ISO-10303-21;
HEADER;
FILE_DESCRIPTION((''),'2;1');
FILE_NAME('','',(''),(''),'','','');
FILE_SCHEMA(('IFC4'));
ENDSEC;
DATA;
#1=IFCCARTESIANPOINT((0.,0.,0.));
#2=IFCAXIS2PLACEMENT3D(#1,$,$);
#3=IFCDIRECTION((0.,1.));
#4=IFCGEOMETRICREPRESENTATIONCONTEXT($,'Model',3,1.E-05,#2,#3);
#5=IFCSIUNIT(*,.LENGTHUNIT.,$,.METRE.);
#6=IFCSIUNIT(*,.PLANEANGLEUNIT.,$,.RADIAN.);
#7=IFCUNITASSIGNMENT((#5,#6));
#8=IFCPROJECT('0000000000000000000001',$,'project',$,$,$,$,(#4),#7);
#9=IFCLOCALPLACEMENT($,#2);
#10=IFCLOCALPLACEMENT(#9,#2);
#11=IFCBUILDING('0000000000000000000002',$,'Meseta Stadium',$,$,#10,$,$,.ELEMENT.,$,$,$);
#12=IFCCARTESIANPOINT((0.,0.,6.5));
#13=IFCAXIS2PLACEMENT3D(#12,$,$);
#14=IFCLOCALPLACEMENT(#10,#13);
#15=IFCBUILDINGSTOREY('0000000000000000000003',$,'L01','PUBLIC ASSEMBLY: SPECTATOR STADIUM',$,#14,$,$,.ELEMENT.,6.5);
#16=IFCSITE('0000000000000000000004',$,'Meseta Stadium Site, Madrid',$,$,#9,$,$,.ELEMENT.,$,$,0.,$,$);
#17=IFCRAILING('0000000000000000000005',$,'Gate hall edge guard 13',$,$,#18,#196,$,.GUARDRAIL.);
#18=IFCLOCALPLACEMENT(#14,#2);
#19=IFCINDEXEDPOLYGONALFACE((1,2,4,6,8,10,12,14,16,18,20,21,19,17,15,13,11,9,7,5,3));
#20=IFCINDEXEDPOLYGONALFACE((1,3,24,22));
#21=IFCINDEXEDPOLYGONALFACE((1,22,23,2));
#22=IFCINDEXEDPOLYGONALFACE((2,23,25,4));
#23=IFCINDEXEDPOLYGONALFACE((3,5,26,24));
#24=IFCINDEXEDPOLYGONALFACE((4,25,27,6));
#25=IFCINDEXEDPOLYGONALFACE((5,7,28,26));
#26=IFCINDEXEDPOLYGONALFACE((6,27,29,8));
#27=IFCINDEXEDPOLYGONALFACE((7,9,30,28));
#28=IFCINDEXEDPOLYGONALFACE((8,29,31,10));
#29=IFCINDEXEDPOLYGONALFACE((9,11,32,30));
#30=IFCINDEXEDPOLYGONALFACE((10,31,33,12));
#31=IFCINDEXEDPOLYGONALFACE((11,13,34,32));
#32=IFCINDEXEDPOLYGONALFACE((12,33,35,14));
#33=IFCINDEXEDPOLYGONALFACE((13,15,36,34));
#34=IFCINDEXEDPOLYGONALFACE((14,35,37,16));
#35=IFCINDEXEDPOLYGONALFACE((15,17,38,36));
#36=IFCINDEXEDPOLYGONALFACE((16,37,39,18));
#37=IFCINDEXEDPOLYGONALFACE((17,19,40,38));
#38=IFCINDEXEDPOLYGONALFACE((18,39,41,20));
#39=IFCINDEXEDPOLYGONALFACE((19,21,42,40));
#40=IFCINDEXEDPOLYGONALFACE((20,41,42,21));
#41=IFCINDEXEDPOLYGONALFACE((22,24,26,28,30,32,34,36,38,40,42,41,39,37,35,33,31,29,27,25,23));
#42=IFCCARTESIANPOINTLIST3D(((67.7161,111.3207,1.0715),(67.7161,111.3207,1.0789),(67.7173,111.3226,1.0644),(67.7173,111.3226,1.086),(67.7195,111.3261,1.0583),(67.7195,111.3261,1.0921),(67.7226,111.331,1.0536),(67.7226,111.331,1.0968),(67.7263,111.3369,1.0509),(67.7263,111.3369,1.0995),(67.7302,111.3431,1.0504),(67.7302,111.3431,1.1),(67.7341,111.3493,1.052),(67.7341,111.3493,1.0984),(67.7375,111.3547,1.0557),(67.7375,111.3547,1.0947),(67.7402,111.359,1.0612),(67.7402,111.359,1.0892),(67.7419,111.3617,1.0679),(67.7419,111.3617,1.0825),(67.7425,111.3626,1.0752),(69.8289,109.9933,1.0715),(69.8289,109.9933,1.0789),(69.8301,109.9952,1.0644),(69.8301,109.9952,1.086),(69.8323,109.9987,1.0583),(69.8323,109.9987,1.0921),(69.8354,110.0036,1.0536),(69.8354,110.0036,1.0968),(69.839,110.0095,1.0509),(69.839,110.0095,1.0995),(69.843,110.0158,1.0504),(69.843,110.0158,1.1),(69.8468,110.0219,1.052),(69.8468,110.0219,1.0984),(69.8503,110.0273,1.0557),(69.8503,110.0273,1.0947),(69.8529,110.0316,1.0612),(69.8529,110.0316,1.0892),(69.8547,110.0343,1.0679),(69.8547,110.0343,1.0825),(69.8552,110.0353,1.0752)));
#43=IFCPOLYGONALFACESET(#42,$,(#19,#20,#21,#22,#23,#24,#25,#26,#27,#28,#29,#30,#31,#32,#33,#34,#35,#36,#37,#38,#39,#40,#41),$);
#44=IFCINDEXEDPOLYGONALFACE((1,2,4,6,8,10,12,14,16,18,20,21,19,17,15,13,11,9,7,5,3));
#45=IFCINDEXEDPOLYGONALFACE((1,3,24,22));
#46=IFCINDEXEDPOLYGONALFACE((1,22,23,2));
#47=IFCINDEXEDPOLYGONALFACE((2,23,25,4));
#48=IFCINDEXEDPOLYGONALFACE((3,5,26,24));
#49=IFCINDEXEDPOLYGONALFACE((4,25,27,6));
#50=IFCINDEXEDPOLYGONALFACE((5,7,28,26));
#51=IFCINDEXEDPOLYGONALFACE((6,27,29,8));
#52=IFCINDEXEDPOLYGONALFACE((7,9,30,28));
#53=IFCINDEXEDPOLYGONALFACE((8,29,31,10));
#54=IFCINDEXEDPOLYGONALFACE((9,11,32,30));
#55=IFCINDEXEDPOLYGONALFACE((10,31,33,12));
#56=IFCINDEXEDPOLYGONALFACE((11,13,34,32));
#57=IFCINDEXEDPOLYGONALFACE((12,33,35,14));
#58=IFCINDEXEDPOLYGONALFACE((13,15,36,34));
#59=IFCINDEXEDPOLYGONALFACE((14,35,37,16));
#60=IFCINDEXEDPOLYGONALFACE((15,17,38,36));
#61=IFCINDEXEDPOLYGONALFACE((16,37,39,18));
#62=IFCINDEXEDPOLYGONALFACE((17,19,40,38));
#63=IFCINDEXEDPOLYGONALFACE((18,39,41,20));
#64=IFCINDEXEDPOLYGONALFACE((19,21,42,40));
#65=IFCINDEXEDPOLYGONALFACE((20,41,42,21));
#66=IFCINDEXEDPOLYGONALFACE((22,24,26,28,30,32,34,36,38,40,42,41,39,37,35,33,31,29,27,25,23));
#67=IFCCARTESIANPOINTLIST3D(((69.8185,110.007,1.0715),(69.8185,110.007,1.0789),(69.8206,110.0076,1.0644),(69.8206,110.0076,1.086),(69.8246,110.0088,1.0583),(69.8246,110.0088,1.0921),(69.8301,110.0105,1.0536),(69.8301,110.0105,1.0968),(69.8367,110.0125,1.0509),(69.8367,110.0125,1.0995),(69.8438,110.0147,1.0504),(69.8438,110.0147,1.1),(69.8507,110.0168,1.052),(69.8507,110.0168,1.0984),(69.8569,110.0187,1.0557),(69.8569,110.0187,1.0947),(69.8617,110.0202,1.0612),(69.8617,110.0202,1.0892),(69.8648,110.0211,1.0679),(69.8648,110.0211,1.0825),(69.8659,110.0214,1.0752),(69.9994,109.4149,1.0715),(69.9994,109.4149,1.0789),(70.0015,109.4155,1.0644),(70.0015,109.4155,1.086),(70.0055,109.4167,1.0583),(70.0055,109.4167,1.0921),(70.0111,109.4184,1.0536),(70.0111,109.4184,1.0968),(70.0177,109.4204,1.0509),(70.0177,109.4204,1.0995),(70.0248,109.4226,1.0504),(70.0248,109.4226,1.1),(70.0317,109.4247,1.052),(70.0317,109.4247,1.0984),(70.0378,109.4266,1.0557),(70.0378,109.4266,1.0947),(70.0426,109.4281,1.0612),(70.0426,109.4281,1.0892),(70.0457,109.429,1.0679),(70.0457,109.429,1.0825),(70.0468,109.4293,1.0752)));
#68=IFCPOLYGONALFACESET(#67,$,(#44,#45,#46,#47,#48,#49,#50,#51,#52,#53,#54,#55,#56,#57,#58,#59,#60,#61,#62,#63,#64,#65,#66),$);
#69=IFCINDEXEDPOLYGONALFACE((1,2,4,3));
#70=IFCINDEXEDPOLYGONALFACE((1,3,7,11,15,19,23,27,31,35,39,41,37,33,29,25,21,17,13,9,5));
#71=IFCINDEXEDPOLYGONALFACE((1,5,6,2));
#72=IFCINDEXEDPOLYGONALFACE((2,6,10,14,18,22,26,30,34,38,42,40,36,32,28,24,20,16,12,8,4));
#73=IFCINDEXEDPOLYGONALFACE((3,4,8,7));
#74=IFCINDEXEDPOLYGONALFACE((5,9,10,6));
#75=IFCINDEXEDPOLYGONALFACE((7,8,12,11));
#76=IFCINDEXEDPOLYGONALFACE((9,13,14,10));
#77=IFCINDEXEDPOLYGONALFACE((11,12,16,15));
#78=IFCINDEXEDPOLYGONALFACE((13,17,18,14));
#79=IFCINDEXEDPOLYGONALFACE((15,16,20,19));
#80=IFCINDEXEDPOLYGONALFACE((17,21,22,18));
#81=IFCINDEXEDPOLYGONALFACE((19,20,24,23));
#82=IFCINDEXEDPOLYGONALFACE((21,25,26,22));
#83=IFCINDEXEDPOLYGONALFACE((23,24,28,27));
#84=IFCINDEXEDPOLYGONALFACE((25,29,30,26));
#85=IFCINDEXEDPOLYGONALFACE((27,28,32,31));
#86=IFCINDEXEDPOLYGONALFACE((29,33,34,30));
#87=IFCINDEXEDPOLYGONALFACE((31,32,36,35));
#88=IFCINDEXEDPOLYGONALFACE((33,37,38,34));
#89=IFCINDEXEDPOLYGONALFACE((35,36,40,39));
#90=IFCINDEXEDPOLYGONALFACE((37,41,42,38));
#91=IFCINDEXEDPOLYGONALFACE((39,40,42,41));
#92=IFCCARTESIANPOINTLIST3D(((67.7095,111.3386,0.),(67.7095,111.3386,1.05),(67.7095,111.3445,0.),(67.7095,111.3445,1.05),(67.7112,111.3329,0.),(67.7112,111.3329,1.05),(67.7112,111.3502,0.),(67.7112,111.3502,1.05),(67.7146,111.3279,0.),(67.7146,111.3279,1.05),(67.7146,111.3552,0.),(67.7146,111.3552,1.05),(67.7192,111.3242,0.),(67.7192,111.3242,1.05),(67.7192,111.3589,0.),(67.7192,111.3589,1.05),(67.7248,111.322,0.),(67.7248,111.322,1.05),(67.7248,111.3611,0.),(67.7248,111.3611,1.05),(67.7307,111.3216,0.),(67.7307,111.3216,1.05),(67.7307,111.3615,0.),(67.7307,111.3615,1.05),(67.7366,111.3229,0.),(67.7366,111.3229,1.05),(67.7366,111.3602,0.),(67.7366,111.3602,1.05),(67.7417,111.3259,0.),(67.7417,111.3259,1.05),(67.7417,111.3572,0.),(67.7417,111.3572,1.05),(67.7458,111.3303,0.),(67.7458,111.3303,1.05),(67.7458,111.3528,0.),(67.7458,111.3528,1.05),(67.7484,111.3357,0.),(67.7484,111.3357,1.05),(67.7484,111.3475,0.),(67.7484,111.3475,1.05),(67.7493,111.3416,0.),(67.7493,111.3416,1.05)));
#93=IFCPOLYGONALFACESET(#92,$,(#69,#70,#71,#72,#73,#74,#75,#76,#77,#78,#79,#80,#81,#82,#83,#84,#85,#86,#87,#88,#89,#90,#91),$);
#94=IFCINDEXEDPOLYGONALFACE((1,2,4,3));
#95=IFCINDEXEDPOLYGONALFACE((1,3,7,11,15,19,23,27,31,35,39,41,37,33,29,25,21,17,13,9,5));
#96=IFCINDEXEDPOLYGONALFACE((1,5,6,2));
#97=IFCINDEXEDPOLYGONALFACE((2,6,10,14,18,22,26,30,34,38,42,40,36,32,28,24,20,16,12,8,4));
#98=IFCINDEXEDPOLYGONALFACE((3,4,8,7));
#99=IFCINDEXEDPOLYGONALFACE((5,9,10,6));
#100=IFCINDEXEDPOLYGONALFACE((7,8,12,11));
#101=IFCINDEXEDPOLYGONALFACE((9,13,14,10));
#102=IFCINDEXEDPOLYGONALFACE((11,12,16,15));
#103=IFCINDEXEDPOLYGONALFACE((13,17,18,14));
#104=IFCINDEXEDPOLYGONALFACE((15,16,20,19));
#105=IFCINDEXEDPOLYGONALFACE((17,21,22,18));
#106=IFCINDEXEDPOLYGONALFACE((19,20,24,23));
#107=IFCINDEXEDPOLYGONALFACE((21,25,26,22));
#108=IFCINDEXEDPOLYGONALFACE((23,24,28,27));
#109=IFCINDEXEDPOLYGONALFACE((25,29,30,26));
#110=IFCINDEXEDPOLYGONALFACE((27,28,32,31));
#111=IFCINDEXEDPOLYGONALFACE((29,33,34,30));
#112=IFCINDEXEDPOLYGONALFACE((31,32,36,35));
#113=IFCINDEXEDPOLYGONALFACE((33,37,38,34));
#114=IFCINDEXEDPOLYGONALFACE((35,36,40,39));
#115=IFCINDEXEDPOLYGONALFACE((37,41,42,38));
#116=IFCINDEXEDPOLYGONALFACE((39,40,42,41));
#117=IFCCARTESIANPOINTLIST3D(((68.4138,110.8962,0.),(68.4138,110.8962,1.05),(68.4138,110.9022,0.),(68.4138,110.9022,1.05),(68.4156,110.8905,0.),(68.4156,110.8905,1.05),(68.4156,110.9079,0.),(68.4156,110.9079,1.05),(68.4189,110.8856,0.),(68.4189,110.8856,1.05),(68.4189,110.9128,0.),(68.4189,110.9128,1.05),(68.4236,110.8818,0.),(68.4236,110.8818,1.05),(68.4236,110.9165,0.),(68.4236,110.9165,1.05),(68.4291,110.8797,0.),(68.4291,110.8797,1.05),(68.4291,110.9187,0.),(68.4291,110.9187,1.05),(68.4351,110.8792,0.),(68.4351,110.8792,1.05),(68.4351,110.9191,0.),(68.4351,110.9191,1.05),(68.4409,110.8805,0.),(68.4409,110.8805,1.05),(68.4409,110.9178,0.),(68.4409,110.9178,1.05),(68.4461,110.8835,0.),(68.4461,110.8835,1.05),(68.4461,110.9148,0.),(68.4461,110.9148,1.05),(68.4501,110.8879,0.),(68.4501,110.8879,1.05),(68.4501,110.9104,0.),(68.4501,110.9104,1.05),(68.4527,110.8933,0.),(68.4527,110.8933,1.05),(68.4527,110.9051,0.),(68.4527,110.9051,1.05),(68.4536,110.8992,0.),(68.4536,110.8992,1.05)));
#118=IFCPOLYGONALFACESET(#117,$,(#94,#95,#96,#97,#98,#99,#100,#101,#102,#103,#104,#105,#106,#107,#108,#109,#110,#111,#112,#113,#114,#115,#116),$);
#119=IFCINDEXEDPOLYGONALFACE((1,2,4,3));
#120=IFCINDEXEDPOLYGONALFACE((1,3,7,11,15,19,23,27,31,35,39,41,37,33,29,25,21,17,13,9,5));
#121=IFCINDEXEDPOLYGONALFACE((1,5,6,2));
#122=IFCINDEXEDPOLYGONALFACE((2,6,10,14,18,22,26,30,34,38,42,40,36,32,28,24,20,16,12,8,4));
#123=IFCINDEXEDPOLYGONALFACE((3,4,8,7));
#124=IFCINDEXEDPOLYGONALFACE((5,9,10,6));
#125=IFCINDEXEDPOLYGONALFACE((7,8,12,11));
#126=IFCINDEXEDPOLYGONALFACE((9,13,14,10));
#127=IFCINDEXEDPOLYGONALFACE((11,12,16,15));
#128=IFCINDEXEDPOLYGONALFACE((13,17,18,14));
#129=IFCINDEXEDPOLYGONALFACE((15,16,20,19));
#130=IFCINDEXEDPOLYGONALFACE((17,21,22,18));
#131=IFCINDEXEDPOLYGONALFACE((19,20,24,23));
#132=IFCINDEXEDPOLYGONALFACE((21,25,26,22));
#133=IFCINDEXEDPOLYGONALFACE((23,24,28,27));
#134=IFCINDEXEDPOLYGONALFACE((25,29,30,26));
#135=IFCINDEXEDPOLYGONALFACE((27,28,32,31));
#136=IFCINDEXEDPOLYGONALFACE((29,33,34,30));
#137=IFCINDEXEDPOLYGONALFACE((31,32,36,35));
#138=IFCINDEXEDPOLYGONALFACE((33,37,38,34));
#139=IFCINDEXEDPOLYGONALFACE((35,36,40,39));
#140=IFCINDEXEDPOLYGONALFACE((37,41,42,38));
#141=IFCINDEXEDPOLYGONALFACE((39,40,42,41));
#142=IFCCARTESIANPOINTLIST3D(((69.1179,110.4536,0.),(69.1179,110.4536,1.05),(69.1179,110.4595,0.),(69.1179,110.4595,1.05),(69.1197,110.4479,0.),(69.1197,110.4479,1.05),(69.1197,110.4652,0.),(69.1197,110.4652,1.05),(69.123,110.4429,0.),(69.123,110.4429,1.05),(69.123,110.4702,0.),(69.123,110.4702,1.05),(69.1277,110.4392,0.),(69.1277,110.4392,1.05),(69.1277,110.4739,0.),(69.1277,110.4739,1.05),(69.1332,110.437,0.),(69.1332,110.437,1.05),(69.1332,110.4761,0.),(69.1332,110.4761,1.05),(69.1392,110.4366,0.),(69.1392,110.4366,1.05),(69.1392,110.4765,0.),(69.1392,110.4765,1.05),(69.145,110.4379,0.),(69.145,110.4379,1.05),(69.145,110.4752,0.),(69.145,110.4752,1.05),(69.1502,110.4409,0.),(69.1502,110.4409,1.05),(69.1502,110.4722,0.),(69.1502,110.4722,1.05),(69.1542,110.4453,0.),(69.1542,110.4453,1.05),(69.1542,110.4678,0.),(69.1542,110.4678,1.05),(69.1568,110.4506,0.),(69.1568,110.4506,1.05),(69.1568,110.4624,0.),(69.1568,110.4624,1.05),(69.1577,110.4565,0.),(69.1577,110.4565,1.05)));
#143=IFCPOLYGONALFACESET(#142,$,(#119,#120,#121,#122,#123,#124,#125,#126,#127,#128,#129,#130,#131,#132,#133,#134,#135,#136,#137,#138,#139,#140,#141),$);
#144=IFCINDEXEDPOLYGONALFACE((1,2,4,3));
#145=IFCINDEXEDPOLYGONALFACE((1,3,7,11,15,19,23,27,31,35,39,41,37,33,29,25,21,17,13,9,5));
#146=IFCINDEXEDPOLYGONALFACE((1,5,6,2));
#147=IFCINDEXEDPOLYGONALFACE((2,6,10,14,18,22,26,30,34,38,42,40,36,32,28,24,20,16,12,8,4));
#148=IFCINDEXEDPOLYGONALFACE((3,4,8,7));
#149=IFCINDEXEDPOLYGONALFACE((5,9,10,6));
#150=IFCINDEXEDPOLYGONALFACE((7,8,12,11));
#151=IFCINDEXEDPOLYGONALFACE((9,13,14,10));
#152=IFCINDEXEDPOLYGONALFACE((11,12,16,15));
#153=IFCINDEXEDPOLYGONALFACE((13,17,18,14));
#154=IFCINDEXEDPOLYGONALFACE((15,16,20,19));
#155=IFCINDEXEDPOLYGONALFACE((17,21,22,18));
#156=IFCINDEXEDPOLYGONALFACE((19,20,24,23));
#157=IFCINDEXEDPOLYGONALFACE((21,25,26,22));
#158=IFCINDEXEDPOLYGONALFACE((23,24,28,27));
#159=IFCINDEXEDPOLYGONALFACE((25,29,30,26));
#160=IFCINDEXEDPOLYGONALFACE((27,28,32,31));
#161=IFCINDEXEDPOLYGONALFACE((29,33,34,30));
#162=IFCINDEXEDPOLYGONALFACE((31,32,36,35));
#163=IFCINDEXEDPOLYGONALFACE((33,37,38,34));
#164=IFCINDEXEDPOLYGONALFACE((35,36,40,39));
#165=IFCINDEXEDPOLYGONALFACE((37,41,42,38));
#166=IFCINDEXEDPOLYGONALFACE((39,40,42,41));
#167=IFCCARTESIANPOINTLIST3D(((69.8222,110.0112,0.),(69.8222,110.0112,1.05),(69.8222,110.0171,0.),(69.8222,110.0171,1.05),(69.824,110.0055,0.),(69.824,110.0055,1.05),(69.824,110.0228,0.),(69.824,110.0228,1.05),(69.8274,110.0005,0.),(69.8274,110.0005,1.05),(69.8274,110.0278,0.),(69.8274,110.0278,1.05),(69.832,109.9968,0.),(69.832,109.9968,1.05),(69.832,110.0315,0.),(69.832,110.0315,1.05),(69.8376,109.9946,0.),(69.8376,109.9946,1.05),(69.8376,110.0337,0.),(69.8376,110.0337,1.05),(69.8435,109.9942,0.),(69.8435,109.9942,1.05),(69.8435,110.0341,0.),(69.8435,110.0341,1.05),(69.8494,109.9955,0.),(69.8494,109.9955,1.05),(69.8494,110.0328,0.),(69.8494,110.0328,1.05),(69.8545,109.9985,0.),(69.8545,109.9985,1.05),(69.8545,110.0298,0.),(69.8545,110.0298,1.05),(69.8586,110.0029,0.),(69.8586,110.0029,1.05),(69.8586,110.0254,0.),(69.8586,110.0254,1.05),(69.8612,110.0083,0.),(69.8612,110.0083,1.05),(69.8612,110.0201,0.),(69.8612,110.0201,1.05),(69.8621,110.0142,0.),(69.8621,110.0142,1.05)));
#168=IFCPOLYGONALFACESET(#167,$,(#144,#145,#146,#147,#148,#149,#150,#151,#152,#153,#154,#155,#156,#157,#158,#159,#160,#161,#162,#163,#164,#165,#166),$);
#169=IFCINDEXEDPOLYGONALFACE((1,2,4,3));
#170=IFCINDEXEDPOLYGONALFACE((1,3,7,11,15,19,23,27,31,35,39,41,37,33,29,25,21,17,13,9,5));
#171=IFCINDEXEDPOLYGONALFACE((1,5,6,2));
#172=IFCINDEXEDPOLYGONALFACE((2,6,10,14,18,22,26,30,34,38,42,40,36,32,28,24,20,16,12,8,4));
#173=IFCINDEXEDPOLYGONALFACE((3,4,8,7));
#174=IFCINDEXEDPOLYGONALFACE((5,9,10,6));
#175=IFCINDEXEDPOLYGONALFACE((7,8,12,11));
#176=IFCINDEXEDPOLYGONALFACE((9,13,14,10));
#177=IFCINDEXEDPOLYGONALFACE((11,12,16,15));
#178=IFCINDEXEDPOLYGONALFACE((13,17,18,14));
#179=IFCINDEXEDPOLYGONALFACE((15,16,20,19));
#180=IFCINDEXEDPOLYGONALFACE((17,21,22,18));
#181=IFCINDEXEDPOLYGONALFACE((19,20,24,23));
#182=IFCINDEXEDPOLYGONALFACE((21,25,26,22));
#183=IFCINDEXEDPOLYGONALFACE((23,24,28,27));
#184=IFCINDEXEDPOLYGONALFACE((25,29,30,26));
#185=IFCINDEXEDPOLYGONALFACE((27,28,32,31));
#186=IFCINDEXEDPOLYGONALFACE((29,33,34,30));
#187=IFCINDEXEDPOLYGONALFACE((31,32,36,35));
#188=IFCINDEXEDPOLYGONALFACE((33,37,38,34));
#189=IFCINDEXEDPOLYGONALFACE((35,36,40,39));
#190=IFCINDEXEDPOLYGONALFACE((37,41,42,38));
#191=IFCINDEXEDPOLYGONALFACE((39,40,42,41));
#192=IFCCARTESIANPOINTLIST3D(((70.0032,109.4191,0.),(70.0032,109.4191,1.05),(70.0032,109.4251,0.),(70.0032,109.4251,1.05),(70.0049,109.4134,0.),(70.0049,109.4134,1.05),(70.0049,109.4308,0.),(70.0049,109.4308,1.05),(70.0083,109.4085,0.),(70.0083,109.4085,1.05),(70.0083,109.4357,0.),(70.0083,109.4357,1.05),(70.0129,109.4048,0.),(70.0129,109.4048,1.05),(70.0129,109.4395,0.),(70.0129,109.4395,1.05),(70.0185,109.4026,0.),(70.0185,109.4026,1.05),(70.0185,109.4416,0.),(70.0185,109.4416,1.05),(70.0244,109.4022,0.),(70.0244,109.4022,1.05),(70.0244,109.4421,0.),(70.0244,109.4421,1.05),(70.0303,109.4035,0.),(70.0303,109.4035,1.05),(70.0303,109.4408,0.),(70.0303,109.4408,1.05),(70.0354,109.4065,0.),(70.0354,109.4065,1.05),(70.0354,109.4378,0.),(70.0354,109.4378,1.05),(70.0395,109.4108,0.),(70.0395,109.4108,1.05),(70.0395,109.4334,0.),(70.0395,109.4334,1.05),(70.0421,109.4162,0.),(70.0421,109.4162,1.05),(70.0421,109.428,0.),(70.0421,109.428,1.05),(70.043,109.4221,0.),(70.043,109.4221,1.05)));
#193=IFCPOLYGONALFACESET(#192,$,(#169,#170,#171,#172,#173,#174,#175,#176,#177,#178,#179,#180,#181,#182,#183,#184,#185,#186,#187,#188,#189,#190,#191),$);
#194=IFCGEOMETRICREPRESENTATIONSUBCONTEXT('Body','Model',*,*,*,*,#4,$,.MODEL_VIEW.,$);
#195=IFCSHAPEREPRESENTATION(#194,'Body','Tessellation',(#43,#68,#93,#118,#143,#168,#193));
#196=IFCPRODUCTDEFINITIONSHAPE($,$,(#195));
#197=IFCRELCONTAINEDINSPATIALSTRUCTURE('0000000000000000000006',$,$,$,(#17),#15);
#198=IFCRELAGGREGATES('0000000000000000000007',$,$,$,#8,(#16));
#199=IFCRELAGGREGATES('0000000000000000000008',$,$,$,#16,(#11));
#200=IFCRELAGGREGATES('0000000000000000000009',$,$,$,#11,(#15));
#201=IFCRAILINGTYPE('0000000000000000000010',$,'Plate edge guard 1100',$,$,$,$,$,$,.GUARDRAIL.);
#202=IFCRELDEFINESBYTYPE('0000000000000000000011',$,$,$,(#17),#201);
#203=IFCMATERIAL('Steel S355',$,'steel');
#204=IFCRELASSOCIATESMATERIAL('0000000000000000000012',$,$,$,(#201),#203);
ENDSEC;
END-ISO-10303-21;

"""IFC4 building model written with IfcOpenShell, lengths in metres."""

from ifc_helpers import new_model, si_unit, direction, frame, origin, origin_2d, place, context, subcontext, project, spatial, circle, extrude, material, type_object, element, save


model = new_model("IFC4")

# Units and contexts
model_context = context("Model", 3, precision=1e-05, world=origin(), true_north=direction((0.0, 1.0)))
body_context = subcontext(model_context, "Body", "Model", "MODEL_VIEW")
ifc_project = project(units=[si_unit("LENGTHUNIT", "METRE"), si_unit("PLANEANGLEUNIT", "RADIAN")], contexts=[model_context])

# Site, building, storey
site_placement = place(None, origin())
site = spatial("IfcSite", under=ifc_project, at=site_placement, Name="Meseta Stadium Site, Madrid", CompositionType="ELEMENT", RefElevation=0.0)
building_placement = place(site_placement, origin())
building = spatial("IfcBuilding", under=site, at=building_placement, Name="Meseta Stadium", CompositionType="ELEMENT")
storey_placement = place(building_placement, frame((0.0, 0.0, 6.5)))
storey = spatial("IfcBuildingStorey", under=building, at=storey_placement, Name="L01", Description="PUBLIC ASSEMBLY: SPECTATOR STADIUM", CompositionType="ELEMENT", Elevation=6.5)

# Railing
ifc_material_1 = material(Name="Steel S355", Category="steel")
railing_type = type_object("IfcRailingType", Name="Plate edge guard 1100", PredefinedType="GUARDRAIL", material=ifc_material_1)
railing_placement = place(storey_placement, frame((67.7292, 111.3416, 0.0)))
element("IfcRailing", 1, at=railing_placement, inside=storey, type_object=railing_type, Name="Gate hall edge guard 13", PredefinedType="GUARDRAIL", context=body_context, shape_type="SweptSolid", body=[
    extrude(circle(Radius=0.0249, at=origin_2d()), frame((0.0, 0.0, 1.0752), z_axis=(0.846754, -0.531985, 0.0), x_axis=(0.531985, 0.846754, 0.0)), (0.0, 0.0, 1.0), 2.4951),
    extrude(circle(Radius=0.0249, at=origin_2d()), frame((2.1128, -1.3274, 1.0752), z_axis=(0.292229, -0.956349, 0.0), x_axis=(0.956349, 0.292229, 0.0)), (0.0, 0.0, 1.0), 0.6191),
    extrude(circle(Radius=0.02, at=origin_2d()), origin(), (0.0, 0.0, 1.0), 1.05),
    extrude(circle(Radius=0.02, at=origin_2d()), frame((0.7043, -0.4424, 0.0)), (0.0, 0.0, 1.0), 1.05),
    extrude(circle(Radius=0.02, at=origin_2d()), frame((1.4084, -0.885, 0.0)), (0.0, 0.0, 1.0), 1.05),
    extrude(circle(Radius=0.02, at=origin_2d()), frame((2.1128, -1.3274, 0.0)), (0.0, 0.0, 1.0), 1.05),
    extrude(circle(Radius=0.02, at=origin_2d()), frame((2.2937, -1.9194, 0.0)), (0.0, 0.0, 1.0), 1.05),
])

save(model, "model.ifc")
